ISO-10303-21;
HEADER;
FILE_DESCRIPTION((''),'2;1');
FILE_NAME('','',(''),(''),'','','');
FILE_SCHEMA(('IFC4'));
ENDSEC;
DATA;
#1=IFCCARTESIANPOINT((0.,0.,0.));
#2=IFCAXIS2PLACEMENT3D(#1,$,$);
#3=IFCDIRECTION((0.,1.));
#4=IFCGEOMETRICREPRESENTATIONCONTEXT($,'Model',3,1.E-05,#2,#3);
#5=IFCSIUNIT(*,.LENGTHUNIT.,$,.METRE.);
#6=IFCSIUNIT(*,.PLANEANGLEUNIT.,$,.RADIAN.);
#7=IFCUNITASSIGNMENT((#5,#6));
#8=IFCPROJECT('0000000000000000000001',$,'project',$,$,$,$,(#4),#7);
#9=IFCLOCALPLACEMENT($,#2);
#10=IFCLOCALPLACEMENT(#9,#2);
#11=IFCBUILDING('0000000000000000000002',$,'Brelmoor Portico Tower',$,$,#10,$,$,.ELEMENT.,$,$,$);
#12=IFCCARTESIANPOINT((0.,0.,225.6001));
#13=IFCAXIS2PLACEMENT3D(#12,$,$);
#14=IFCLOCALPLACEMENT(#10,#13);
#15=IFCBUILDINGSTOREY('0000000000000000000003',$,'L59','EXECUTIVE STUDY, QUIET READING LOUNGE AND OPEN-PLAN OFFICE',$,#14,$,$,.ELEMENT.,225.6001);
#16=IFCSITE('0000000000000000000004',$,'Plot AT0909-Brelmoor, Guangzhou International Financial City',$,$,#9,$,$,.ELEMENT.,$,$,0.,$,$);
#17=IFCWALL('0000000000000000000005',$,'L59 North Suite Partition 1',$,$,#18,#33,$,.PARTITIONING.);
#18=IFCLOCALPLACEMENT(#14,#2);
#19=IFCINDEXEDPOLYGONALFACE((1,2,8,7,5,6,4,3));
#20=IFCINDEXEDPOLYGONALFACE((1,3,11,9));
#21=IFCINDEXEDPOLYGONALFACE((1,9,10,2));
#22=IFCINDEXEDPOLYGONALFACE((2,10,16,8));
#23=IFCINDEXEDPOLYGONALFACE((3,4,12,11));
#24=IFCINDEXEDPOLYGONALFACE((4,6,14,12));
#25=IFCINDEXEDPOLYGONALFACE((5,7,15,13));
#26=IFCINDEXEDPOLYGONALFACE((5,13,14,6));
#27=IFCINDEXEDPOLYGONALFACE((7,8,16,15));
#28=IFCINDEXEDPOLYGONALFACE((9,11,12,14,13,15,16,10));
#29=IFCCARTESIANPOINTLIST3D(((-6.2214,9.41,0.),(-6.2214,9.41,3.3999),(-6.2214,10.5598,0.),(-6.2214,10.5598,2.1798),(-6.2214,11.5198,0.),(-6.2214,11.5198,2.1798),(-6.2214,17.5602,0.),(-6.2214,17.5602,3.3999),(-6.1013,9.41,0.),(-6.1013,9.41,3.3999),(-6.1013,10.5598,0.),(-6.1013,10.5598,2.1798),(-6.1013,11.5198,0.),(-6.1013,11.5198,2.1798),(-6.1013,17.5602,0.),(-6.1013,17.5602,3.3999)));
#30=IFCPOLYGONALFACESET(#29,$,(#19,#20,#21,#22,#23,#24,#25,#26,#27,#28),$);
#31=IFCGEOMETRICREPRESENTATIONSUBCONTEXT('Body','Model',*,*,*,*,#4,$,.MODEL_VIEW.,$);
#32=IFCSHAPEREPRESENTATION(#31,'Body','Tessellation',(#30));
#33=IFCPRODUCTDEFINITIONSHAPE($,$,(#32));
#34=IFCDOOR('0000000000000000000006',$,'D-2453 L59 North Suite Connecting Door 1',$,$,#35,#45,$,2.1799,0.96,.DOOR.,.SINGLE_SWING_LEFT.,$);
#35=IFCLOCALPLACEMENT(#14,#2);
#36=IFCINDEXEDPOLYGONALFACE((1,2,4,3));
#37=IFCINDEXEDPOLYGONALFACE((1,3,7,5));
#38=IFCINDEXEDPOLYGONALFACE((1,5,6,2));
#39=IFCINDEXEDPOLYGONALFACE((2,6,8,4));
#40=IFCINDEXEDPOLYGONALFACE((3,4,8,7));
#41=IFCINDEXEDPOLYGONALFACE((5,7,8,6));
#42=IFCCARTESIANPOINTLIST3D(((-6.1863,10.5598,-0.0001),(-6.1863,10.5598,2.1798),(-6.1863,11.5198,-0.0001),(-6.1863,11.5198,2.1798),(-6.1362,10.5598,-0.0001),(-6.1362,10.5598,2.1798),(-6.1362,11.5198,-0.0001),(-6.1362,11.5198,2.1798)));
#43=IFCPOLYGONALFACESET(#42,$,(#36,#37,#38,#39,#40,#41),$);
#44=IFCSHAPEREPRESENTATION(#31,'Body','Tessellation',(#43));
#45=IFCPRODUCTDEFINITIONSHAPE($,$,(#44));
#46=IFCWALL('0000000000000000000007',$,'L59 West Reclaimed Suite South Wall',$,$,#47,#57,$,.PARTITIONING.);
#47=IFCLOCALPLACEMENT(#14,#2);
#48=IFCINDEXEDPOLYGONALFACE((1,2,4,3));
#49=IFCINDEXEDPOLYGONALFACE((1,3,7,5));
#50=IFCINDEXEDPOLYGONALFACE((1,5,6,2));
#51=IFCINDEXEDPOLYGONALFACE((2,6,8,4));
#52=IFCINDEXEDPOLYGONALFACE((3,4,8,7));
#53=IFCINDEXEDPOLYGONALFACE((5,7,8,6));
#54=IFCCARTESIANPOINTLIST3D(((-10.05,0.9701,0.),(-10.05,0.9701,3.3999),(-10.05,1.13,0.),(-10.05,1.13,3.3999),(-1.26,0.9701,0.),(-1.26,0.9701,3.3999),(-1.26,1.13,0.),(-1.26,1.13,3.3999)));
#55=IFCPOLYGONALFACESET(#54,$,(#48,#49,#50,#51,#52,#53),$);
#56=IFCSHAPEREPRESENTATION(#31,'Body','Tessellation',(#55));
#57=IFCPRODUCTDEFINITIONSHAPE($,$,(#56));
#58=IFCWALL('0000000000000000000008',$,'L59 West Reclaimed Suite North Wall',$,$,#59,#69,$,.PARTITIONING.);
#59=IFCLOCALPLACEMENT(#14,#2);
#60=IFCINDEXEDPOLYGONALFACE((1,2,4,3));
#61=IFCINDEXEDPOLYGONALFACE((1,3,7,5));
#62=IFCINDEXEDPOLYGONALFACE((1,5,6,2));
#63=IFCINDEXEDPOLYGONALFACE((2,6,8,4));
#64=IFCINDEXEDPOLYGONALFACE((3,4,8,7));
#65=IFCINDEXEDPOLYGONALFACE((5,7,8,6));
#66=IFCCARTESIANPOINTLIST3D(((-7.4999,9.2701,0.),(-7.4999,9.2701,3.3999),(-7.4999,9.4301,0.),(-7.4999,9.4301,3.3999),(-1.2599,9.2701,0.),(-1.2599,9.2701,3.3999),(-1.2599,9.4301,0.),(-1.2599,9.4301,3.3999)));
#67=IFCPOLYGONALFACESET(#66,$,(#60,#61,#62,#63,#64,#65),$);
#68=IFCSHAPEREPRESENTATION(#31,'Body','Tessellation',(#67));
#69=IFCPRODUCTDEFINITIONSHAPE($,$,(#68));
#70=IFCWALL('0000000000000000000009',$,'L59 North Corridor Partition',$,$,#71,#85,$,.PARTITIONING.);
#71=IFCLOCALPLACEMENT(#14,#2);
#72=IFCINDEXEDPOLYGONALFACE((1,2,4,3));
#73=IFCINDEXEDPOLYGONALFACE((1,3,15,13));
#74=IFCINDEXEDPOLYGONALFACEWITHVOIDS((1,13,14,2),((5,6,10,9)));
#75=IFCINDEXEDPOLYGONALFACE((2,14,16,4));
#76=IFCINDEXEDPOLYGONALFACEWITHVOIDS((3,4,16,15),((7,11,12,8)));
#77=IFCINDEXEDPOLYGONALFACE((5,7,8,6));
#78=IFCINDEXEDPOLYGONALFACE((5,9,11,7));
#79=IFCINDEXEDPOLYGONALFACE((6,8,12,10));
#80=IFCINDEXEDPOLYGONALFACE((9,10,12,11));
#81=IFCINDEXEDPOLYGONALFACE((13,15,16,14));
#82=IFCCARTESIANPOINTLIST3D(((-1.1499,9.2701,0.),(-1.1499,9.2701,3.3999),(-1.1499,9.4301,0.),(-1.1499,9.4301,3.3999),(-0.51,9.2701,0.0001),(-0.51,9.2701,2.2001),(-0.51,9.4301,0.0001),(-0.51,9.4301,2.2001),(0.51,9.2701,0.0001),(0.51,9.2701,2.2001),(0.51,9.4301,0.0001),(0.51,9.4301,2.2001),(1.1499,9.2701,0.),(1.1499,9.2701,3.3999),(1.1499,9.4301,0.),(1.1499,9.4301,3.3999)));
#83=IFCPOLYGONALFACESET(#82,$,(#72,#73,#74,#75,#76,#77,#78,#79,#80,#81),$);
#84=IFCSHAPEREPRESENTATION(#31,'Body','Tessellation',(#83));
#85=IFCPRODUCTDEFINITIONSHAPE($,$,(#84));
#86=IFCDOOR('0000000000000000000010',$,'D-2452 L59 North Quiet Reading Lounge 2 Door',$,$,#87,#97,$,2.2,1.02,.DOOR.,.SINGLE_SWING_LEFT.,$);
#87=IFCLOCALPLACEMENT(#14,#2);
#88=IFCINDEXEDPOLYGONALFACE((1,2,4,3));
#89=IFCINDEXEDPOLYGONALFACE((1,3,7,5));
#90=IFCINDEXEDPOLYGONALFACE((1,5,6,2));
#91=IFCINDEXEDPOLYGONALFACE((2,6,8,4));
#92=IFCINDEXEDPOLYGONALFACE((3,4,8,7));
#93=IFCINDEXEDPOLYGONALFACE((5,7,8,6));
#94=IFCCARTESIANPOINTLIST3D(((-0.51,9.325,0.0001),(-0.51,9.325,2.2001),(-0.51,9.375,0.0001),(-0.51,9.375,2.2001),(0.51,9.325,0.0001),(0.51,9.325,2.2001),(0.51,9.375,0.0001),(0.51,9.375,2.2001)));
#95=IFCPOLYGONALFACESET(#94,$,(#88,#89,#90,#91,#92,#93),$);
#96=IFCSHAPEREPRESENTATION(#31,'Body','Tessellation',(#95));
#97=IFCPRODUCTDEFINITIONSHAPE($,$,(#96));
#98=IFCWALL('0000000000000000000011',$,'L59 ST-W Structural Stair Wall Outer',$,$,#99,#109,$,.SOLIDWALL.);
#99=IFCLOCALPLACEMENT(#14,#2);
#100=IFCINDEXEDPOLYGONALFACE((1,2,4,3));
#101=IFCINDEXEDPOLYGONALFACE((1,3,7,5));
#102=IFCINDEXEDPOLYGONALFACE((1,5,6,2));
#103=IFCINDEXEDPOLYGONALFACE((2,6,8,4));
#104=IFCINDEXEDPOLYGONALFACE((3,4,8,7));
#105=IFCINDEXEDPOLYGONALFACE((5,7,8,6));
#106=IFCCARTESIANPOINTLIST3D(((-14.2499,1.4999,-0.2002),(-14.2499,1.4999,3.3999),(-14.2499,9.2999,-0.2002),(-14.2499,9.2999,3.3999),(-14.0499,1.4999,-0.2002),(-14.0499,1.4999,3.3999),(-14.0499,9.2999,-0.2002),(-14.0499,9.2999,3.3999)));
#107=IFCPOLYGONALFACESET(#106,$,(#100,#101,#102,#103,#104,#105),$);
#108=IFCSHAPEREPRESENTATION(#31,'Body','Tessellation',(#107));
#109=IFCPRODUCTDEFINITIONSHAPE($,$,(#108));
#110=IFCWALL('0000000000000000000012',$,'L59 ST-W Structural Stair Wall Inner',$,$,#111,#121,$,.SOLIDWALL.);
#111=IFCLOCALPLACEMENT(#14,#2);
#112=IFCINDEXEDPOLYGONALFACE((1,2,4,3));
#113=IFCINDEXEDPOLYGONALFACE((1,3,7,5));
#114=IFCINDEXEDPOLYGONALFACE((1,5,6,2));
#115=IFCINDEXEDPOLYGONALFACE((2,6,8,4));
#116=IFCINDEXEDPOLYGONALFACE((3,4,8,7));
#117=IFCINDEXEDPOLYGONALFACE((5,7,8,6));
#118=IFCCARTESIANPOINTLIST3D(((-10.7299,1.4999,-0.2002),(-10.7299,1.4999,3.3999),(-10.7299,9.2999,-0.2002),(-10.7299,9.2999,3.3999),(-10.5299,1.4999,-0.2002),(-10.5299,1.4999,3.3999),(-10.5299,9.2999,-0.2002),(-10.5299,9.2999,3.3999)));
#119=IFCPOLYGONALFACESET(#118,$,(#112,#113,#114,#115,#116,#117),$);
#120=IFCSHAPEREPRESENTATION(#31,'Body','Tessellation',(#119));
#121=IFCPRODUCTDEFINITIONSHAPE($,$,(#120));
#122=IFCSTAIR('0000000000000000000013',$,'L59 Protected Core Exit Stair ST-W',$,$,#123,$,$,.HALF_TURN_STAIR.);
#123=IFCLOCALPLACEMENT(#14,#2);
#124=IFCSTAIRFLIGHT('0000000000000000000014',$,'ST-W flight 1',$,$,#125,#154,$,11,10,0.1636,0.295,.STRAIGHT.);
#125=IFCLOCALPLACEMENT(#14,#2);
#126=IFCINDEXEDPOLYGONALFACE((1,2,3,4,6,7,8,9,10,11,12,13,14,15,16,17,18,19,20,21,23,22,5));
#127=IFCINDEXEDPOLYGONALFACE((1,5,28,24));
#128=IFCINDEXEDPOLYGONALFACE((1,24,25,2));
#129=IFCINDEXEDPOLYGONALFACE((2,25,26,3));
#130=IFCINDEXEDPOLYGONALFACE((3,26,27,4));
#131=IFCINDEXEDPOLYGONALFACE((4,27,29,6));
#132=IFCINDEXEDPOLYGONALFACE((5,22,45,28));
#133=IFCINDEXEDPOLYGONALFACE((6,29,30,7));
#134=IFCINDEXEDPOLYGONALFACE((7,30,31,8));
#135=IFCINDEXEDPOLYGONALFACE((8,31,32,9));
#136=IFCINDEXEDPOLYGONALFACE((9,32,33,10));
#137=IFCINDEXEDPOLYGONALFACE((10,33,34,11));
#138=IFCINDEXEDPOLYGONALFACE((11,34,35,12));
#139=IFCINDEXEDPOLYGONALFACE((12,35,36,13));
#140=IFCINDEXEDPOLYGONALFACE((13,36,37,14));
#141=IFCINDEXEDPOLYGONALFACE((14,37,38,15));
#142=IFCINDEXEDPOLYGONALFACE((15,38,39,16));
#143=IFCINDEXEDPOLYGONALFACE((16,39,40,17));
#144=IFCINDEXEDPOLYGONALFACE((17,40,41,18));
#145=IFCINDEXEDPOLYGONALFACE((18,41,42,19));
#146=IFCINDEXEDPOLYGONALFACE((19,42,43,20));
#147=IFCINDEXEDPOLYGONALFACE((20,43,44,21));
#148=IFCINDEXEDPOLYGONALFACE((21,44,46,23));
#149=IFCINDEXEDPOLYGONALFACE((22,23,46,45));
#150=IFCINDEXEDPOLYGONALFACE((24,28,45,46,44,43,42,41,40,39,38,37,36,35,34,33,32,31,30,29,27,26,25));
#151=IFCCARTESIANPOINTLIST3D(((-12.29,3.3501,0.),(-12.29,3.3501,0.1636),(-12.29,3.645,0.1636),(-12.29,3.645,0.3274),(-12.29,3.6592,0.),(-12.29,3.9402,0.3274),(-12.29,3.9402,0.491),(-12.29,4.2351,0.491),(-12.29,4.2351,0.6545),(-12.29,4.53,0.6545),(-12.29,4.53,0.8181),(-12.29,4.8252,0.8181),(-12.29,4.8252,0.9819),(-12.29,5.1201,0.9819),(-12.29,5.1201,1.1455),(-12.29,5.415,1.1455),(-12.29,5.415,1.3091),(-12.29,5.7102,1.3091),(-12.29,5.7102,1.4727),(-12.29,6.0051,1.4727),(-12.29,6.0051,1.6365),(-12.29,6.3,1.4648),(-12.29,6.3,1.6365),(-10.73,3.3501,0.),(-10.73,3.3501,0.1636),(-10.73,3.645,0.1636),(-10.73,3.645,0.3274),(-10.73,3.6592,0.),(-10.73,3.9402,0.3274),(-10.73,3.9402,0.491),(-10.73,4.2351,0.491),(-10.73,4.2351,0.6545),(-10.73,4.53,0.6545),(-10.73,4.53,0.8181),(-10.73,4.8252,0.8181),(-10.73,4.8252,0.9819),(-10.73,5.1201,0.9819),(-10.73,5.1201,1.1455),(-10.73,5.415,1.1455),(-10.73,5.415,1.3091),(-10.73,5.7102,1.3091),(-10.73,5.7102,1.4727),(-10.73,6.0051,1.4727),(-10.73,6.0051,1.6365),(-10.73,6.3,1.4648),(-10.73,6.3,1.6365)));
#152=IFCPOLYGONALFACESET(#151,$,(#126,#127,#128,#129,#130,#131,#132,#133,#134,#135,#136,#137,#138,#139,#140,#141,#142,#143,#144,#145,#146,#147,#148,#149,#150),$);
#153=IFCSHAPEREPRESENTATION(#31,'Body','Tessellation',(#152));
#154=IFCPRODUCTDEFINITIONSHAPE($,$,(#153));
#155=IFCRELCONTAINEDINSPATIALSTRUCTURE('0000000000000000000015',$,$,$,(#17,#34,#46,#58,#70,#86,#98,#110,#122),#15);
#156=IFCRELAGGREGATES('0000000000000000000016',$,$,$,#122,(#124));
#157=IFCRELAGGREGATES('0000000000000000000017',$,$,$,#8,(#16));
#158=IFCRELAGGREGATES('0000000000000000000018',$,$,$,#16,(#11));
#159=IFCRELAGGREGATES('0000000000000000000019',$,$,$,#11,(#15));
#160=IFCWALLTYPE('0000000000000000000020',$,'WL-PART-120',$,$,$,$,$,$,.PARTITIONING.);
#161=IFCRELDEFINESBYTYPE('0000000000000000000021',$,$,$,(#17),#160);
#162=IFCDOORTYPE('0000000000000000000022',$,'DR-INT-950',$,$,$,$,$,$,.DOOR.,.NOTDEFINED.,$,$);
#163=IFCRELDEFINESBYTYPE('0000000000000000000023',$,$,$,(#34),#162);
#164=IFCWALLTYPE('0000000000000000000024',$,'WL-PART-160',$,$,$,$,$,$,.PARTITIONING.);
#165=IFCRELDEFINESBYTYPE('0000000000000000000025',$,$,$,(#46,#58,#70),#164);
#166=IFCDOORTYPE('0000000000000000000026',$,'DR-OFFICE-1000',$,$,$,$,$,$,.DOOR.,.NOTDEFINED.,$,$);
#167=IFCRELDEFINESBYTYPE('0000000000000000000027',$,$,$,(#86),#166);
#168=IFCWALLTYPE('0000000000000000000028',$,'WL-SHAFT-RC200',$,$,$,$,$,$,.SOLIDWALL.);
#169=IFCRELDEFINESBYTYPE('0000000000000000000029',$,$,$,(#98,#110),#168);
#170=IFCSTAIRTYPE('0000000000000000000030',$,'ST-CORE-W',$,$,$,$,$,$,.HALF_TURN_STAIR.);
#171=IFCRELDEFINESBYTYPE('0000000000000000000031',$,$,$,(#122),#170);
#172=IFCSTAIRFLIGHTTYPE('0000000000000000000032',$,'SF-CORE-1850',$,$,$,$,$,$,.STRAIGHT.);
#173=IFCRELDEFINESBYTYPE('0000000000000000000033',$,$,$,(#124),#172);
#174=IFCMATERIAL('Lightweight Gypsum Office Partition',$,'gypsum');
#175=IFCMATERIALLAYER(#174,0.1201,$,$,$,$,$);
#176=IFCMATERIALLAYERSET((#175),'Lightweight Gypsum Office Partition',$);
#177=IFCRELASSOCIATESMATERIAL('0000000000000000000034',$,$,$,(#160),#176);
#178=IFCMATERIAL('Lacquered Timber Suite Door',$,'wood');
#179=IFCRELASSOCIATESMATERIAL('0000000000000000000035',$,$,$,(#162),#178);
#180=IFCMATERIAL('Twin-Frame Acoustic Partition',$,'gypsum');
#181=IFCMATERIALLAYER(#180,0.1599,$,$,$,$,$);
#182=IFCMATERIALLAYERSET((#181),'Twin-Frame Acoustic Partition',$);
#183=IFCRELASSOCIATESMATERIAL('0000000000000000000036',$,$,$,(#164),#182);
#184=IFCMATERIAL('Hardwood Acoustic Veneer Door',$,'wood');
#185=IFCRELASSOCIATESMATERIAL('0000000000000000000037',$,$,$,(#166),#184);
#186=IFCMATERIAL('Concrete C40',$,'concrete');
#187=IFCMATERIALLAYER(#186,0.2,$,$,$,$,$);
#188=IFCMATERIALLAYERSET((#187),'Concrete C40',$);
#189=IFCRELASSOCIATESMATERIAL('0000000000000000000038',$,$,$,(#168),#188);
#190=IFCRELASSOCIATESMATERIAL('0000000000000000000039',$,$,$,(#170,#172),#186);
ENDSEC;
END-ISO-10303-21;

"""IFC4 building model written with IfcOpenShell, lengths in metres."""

from ifc_helpers import new_model, si_unit, direction, frame, frame_2d, origin, place, context, subcontext, project, spatial, polyline, rectangle, outline, extrude, material, layer, layer_set, type_object, element, fill, aggregate, save


model = new_model("IFC4")

# Units and contexts
model_context = context("Model", 3, precision=1e-05, world=origin(), true_north=direction((0.0, 1.0)))
body_context = subcontext(model_context, "Body", "Model", "MODEL_VIEW")
ifc_project = project(units=[si_unit("LENGTHUNIT", "METRE"), si_unit("PLANEANGLEUNIT", "RADIAN")], contexts=[model_context])

# Site, building, storey
site_placement = place(None, origin())
site = spatial("IfcSite", under=ifc_project, at=site_placement, Name="Plot AT0909-Brelmoor, Guangzhou International Financial City", CompositionType="ELEMENT", RefElevation=0.0)
building_placement = place(site_placement, origin())
building = spatial("IfcBuilding", under=site, at=building_placement, Name="Brelmoor Portico Tower", CompositionType="ELEMENT")
storey_placement = place(building_placement, frame((0.0, 0.0, 225.6001)))
storey = spatial("IfcBuildingStorey", under=building, at=storey_placement, Name="L59", Description="EXECUTIVE STUDY, QUIET READING LOUNGE AND OPEN-PLAN OFFICE", CompositionType="ELEMENT", Elevation=225.6001)

# Wall, opening, door
ifc_material_1 = material(Name="Lightweight Gypsum Office Partition", Category="gypsum")
ifc_layer_1 = layer(ifc_material_1, 0.1201)
ifc_layer_set_1 = layer_set([ifc_layer_1], Name="Lightweight Gypsum Office Partition")
wall_type_1 = type_object("IfcWallType", Name="WL-PART-120", PredefinedType="PARTITIONING", material=ifc_layer_set_1)
wall_1_placement = place(storey_placement, frame((-6.1614, 9.4099, 0.0), z_axis=(0.0, 0.0, 1.0), x_axis=(0.0, 1.0, 0.0)))
wall_1 = element("IfcWall", 1, at=wall_1_placement, inside=storey, type_object=wall_type_1, Name="L59 North Suite Partition 1", PredefinedType="PARTITIONING", context=body_context, shape_type="SweptSolid", body=[
    extrude(rectangle(XDim=8.1501, YDim=0.1201, at=frame_2d((4.0752, 0.0))), origin(), (0.0, 0.0, 1.0), 3.3999),
])
opening_1_placement = place(wall_1_placement, frame((1.1499, 0.0, 0.0)))
opening_1 = element("IfcOpeningElement", 2, at=opening_1_placement, cuts=wall_1, PredefinedType="OPENING", context=body_context, shape_type="SweptSolid", body=[
    extrude(rectangle(XDim=0.96, YDim=2.1799, at=frame_2d((0.48, 1.0898))), frame((0.0, 0.0701, 0.0), z_axis=(0.0, -1.0, 0.0), x_axis=(1.0, 0.0, 0.0)), (0.0, 0.0, 1.0), 0.1401),
])
ifc_material_2 = material(Name="Lacquered Timber Suite Door", Category="wood")
door_type_1 = type_object("IfcDoorType", Name="DR-INT-950", OperationType="NOTDEFINED", PredefinedType="DOOR", material=ifc_material_2)
door_1_placement = place(opening_1_placement, origin())
door_1 = element("IfcDoor", 3, at=door_1_placement, inside=storey, type_object=door_type_1, Name="D-2453 L59 North Suite Connecting Door 1", OperationType="SINGLE_SWING_LEFT", OverallHeight=2.1799, OverallWidth=0.96, PredefinedType="DOOR", context=body_context, shape_type="SweptSolid", body=[
    extrude(rectangle(XDim=0.96, YDim=2.1799, at=frame_2d((0.48, 1.0898))), frame((0.0, 0.0249, 0.0), z_axis=(0.0, -1.0, 0.0), x_axis=(1.0, 0.0, 0.0)), (0.0, 0.0, 1.0), 0.05),
])
fill(opening_1, door_1)

# Walls
ifc_material_3 = material(Name="Twin-Frame Acoustic Partition", Category="gypsum")
ifc_layer_2 = layer(ifc_material_3, 0.1599)
ifc_layer_set_2 = layer_set([ifc_layer_2], Name="Twin-Frame Acoustic Partition")
wall_type_2 = type_object("IfcWallType", Name="WL-PART-160", PredefinedType="PARTITIONING", material=ifc_layer_set_2)
wall_2_placement = place(storey_placement, frame((-10.05, 1.05, 0.0), z_axis=(0.0, 0.0, 1.0), x_axis=(1.0, 0.0, 0.0)))
element("IfcWall", 4, at=wall_2_placement, inside=storey, type_object=wall_type_2, Name="L59 West Reclaimed Suite South Wall", PredefinedType="PARTITIONING", context=body_context, shape_type="SweptSolid", body=[
    extrude(rectangle(XDim=8.79, YDim=0.1599, at=frame_2d((4.395, 0.0))), origin(), (0.0, 0.0, 1.0), 3.3999),
])
wall_3_placement = place(storey_placement, frame((-7.5, 9.3501, 0.0), z_axis=(0.0, 0.0, 1.0), x_axis=(1.0, 0.0, 0.0)))
element("IfcWall", 5, at=wall_3_placement, inside=storey, type_object=wall_type_2, Name="L59 West Reclaimed Suite North Wall", PredefinedType="PARTITIONING", context=body_context, shape_type="SweptSolid", body=[
    extrude(rectangle(XDim=6.24, YDim=0.1599, at=frame_2d((3.1201, 0.0))), origin(), (0.0, 0.0, 1.0), 3.3999),
])

# Wall, opening, door
wall_4_placement = place(storey_placement, frame((-1.1499, 9.3501, 0.0), z_axis=(0.0, 0.0, 1.0), x_axis=(1.0, 0.0, 0.0)))
wall_4 = element("IfcWall", 6, at=wall_4_placement, inside=storey, type_object=wall_type_2, Name="L59 North Corridor Partition", PredefinedType="PARTITIONING", context=body_context, shape_type="SweptSolid", body=[
    extrude(rectangle(XDim=2.2998, YDim=0.1599, at=frame_2d((1.1499, 0.0))), origin(), (0.0, 0.0, 1.0), 3.3999),
])
opening_2_placement = place(wall_4_placement, frame((0.6399, 0.0, 0.0)))
opening_2 = element("IfcOpeningElement", 7, at=opening_2_placement, cuts=wall_4, PredefinedType="OPENING", context=body_context, shape_type="SweptSolid", body=[
    extrude(rectangle(XDim=1.02, YDim=2.2, at=frame_2d((0.51, 1.1001))), frame((0.0, 0.0898, 0.0), z_axis=(0.0, -1.0, 0.0), x_axis=(1.0, 0.0, 0.0)), (0.0, 0.0, 1.0), 0.1799),
])
ifc_material_4 = material(Name="Hardwood Acoustic Veneer Door", Category="wood")
door_type_2 = type_object("IfcDoorType", Name="DR-OFFICE-1000", OperationType="NOTDEFINED", PredefinedType="DOOR", material=ifc_material_4)
door_2_placement = place(opening_2_placement, origin())
door_2 = element("IfcDoor", 8, at=door_2_placement, inside=storey, type_object=door_type_2, Name="D-2452 L59 North Quiet Reading Lounge 2 Door", OperationType="SINGLE_SWING_LEFT", OverallHeight=2.2, OverallWidth=1.02, PredefinedType="DOOR", context=body_context, shape_type="SweptSolid", body=[
    extrude(rectangle(XDim=1.02, YDim=2.2, at=frame_2d((0.51, 1.1001))), frame((0.0, 0.0249, 0.0), z_axis=(0.0, -1.0, 0.0), x_axis=(1.0, 0.0, 0.0)), (0.0, 0.0, 1.0), 0.05),
])
fill(opening_2, door_2)

# Walls
ifc_material_5 = material(Name="Concrete C40", Category="concrete")
ifc_layer_3 = layer(ifc_material_5, 0.2)
ifc_layer_set_3 = layer_set([ifc_layer_3], Name="Concrete C40")
wall_type_3 = type_object("IfcWallType", Name="WL-SHAFT-RC200", PredefinedType="SOLIDWALL", material=ifc_layer_set_3)
for number, where, z_axis, x_axis, name in (
    (9, (-14.1499, 1.5, -0.2002), (0.0, 0.0, 1.0), (0.0, 1.0, 0.0), "L59 ST-W Structural Stair Wall Outer"),
    (10, (-10.6299, 1.5, -0.2002), (0.0, 0.0, 1.0), (0.0, 1.0, 0.0), "L59 ST-W Structural Stair Wall Inner"),
):
    element("IfcWall", number, at=place(storey_placement, frame(where, z_axis=z_axis, x_axis=x_axis)), inside=storey, type_object=wall_type_3, Name=name, PredefinedType="SOLIDWALL", context=body_context, shape_type="SweptSolid", body=[
        extrude(rectangle(XDim=7.8, YDim=0.2, at=frame_2d((3.8999, 0.0))), origin(), (0.0, 0.0, 1.0), 3.6001),
    ])

# Stair, stair flight
stair_type = type_object("IfcStairType", Name="ST-CORE-W", PredefinedType="HALF_TURN_STAIR", material=ifc_material_5)
stair_placement = place(storey_placement, origin())
stair = element("IfcStair", 11, at=stair_placement, inside=storey, type_object=stair_type, Name="L59 Protected Core Exit Stair ST-W", PredefinedType="HALF_TURN_STAIR")
stair_flight_type = type_object("IfcStairFlightType", Name="SF-CORE-1850", PredefinedType="STRAIGHT", material=ifc_material_5)
stair_flight_1_placement = place(storey_placement, frame((-11.51, 3.3501, 0.0), z_axis=(0.0, 0.0, 1.0), x_axis=(0.0, 1.0, 0.0)))
stair_flight_1 = element("IfcStairFlight", 12, at=stair_flight_1_placement, type_object=stair_flight_type, Name="ST-W flight 1", NumberOfRisers=11, NumberOfTreads=10, PredefinedType="STRAIGHT", RiserHeight=0.1636, TreadLength=0.295, context=body_context, shape_type="SweptSolid", body=[
    extrude(outline(polyline([(0.0, 0.0), (0.0, 0.1636), (0.2949, 0.1636), (0.2949, 0.3274), (0.5901, 0.3274), (0.5901, 0.491), (0.885, 0.491), (0.885, 0.6545), (1.1799, 0.6545), (1.1799, 0.8181), (1.4751, 0.8181), (1.4751, 0.9819), (1.77, 0.9819), (1.77, 1.1455), (2.0649, 1.1455), (2.0649, 1.3091), (2.3601, 1.3091), (2.3601, 1.4727), (2.655, 1.4727), (2.655, 1.6365), (2.95, 1.6365), (2.95, 1.8), (2.95, 1.4648), (0.3091, 0.0), (0.0, 0.0)])), frame((0.0, 0.78, 0.0), z_axis=(0.0, -1.0, 0.0), x_axis=(1.0, 0.0, 0.0)), (0.0, 0.0, 1.0), 1.5601),
])
aggregate(stair, [stair_flight_1])

save(model, "model.ifc")
